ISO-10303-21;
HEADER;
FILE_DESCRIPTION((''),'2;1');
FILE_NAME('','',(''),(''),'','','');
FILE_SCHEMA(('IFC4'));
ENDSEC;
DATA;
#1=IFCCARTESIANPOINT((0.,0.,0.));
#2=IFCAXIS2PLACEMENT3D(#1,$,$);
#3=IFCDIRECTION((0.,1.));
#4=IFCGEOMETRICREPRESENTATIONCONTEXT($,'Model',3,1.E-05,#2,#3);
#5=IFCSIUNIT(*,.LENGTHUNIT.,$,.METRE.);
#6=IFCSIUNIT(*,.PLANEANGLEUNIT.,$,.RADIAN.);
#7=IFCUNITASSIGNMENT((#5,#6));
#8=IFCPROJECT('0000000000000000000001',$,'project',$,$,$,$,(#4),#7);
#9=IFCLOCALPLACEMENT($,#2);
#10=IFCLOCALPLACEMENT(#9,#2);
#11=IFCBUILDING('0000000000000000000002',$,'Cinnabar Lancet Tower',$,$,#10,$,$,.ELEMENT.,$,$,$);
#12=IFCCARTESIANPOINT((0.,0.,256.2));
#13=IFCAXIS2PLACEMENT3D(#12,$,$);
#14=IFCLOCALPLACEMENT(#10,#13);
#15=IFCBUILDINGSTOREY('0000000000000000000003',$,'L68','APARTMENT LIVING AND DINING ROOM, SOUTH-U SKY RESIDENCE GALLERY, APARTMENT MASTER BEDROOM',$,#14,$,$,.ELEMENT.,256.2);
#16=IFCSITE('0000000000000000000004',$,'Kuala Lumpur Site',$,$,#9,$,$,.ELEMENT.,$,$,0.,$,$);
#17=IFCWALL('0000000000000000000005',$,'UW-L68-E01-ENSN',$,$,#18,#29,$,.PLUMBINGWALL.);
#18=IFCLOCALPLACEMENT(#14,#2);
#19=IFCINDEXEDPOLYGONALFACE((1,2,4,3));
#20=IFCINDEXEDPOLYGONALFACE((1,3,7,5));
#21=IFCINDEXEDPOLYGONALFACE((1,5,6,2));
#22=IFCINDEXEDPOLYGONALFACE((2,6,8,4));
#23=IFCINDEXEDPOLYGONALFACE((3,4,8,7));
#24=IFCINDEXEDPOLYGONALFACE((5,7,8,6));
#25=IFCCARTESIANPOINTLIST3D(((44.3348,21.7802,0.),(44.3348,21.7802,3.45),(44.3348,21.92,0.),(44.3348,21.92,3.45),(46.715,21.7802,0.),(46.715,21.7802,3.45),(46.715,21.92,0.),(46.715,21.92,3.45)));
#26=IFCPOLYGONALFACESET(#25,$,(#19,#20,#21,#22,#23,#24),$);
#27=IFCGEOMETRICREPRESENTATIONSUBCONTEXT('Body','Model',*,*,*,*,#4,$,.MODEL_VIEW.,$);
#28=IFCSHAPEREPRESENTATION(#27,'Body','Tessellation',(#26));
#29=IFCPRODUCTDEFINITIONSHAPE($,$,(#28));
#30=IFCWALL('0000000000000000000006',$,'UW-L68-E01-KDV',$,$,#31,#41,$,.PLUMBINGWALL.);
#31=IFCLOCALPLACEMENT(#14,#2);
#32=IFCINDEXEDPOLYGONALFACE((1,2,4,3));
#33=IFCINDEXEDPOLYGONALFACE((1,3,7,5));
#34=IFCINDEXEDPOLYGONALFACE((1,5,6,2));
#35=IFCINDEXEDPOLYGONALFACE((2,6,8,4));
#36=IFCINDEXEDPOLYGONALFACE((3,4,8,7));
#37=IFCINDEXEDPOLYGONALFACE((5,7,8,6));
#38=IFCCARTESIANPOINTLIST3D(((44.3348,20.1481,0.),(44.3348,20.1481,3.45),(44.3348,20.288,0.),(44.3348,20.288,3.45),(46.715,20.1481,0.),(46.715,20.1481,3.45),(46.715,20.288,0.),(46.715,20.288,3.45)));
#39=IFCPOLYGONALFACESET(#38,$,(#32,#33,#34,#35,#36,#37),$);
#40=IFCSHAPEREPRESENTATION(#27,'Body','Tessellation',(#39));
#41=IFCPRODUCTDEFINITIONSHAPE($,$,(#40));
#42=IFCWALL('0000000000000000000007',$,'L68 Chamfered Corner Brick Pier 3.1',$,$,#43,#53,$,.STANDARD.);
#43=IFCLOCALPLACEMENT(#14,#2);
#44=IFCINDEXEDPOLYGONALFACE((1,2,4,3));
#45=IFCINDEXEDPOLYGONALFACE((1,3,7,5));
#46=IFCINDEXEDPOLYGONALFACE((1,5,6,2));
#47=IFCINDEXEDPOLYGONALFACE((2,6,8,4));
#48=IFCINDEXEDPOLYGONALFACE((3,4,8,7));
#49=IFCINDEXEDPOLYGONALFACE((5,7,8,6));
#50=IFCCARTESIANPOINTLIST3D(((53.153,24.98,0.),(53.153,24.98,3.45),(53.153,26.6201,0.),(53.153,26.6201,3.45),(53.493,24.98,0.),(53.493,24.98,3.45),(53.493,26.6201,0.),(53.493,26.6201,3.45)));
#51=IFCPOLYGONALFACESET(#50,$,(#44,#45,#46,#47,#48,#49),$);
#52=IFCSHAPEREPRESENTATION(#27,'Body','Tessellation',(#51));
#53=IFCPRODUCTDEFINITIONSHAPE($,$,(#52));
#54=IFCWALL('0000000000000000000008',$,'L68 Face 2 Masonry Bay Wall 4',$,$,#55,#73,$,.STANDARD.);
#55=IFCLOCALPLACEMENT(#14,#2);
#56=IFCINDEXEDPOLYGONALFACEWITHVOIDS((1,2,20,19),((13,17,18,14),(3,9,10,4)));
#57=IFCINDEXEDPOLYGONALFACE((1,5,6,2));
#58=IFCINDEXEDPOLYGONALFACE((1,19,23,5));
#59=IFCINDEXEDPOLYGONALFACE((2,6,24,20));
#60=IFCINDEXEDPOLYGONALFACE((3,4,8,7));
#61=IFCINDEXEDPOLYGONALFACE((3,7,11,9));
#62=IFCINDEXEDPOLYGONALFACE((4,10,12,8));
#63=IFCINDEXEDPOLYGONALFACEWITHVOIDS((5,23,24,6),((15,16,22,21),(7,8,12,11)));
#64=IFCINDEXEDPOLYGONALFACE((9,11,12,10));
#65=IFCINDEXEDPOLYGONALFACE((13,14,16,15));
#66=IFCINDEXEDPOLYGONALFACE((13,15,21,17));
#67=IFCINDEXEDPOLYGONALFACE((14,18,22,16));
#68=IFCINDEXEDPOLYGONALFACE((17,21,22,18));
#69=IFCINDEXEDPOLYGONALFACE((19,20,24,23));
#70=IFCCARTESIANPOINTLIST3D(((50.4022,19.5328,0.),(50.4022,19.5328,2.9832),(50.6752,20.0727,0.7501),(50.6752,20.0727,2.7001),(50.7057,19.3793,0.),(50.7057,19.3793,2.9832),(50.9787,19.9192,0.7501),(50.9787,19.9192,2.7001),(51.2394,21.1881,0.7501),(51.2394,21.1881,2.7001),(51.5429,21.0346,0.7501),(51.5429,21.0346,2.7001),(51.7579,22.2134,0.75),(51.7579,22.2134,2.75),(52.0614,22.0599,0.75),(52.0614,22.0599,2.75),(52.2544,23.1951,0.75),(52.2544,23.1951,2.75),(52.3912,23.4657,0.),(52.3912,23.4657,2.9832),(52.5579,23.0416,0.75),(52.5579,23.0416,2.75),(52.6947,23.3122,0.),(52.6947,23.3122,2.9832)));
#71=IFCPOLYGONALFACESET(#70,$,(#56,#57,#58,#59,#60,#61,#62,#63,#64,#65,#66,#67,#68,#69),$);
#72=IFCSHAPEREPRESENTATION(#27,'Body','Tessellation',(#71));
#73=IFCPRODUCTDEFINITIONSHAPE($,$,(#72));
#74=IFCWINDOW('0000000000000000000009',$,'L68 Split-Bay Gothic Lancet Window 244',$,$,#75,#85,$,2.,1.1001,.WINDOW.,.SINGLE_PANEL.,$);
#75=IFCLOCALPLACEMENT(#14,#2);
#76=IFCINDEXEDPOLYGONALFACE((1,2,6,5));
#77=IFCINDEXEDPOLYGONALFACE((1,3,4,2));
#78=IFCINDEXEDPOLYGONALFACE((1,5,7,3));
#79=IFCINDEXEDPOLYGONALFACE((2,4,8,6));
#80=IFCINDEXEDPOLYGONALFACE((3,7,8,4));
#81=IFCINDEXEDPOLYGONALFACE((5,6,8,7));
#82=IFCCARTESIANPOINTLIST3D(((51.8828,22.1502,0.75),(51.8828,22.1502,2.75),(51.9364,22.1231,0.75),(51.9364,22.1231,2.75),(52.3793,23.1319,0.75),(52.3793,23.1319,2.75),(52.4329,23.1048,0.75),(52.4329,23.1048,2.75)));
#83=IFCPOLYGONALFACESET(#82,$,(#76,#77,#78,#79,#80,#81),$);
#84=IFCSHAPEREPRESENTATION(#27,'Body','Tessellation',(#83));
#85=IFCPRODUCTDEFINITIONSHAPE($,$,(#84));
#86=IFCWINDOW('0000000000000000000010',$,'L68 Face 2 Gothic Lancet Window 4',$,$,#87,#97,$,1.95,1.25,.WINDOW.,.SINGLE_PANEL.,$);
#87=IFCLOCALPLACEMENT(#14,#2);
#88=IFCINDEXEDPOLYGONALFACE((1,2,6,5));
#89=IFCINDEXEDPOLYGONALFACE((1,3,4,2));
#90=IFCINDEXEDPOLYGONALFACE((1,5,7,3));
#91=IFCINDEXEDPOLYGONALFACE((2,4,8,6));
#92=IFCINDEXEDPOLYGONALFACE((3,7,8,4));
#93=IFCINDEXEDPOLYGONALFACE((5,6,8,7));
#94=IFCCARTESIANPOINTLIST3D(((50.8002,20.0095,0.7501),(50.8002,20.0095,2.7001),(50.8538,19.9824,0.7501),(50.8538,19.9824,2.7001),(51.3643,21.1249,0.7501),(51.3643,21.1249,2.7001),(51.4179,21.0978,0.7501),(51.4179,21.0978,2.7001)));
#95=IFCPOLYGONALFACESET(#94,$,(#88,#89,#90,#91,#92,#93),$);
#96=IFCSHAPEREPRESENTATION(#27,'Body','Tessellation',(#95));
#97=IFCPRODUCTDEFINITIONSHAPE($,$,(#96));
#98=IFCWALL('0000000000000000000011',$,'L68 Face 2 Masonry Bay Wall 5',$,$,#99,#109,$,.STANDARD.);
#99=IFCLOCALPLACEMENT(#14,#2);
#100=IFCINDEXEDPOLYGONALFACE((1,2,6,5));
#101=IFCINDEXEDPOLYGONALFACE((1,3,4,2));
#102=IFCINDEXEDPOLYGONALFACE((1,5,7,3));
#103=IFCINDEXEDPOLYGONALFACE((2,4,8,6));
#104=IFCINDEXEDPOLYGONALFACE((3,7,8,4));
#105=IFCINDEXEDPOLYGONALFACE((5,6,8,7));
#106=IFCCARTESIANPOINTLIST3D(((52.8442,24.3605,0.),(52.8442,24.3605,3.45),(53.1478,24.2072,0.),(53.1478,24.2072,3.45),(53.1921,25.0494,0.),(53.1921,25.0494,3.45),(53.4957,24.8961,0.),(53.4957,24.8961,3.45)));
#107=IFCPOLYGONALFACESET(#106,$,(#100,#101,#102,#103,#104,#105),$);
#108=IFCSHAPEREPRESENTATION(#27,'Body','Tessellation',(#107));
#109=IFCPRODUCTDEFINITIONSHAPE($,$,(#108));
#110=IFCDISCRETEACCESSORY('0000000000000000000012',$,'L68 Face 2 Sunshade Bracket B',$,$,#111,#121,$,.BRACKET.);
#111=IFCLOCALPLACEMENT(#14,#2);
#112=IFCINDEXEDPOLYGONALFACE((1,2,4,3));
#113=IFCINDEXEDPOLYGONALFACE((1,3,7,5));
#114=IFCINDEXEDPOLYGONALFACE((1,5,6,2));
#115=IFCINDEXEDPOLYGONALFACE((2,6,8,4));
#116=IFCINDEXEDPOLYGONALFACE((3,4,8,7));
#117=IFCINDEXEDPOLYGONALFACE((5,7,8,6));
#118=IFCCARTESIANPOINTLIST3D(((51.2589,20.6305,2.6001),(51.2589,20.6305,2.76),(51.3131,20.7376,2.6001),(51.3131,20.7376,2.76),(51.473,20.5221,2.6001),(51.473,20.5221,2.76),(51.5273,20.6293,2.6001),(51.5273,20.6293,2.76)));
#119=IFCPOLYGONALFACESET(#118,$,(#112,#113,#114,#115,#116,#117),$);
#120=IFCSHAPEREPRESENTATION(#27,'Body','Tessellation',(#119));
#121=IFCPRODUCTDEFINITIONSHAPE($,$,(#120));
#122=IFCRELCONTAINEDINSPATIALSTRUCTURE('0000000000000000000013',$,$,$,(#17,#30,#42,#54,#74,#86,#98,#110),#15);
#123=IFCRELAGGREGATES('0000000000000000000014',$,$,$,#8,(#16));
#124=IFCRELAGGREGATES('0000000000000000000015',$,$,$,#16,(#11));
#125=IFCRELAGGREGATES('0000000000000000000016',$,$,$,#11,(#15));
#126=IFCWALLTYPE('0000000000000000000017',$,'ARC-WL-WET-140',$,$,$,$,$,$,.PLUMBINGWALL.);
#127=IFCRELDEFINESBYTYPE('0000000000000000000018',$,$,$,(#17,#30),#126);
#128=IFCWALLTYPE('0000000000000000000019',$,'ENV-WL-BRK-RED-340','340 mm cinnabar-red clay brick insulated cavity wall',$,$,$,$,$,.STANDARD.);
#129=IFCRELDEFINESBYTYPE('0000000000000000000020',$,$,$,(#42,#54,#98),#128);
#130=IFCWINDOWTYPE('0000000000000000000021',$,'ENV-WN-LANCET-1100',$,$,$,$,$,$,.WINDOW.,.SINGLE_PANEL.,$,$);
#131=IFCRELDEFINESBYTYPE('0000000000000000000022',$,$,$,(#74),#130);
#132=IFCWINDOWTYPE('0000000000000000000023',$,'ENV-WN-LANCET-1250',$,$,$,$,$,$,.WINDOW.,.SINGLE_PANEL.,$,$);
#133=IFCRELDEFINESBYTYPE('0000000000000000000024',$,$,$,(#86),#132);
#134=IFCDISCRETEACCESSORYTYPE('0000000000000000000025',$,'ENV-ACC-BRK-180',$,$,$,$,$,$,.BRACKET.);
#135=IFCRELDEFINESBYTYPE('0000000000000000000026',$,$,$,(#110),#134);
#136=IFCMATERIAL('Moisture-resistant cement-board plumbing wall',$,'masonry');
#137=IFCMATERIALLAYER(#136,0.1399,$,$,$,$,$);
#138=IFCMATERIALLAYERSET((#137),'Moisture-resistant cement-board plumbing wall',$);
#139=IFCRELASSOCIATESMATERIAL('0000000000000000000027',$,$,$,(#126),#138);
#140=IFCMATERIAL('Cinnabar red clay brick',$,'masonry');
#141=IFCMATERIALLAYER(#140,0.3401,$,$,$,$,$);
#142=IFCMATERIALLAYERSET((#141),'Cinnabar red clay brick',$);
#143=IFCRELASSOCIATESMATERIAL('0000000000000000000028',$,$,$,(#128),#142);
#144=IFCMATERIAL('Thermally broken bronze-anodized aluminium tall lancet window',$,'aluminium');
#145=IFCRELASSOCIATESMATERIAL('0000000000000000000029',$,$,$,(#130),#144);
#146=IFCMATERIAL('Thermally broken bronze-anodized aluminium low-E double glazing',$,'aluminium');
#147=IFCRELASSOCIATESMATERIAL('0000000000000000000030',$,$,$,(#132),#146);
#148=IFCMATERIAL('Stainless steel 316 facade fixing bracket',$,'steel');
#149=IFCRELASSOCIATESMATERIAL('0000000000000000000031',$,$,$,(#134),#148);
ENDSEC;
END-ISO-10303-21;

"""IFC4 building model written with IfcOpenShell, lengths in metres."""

from ifc_helpers import new_model, si_unit, direction, frame, frame_2d, origin, origin_2d, place, context, subcontext, project, spatial, rectangle, extrude, material, layer, layer_set, type_object, element, fill, save


model = new_model("IFC4")

# Units and contexts
model_context = context("Model", 3, precision=1e-05, world=origin(), true_north=direction((0.0, 1.0)))
body_context = subcontext(model_context, "Body", "Model", "MODEL_VIEW")
ifc_project = project(units=[si_unit("LENGTHUNIT", "METRE"), si_unit("PLANEANGLEUNIT", "RADIAN")], contexts=[model_context])

# Site, building, storey
site_placement = place(None, origin())
site = spatial("IfcSite", under=ifc_project, at=site_placement, Name="Kuala Lumpur Site", CompositionType="ELEMENT", RefElevation=0.0)
building_placement = place(site_placement, origin())
building = spatial("IfcBuilding", under=site, at=building_placement, Name="Cinnabar Lancet Tower", CompositionType="ELEMENT")
storey_placement = place(building_placement, frame((0.0, 0.0, 256.2)))
storey = spatial("IfcBuildingStorey", under=building, at=storey_placement, Name="L68", Description="APARTMENT LIVING AND DINING ROOM, SOUTH-U SKY RESIDENCE GALLERY, APARTMENT MASTER BEDROOM", CompositionType="ELEMENT", Elevation=256.2)

# Shared definitions
ifc_material_1 = material(Name="Moisture-resistant cement-board plumbing wall", Category="masonry")
ifc_layer_1 = layer(ifc_material_1, 0.1399)
ifc_layer_set_1 = layer_set([ifc_layer_1], Name="Moisture-resistant cement-board plumbing wall")
wall_type_1 = type_object("IfcWallType", Name="ARC-WL-WET-140", PredefinedType="PLUMBINGWALL", material=ifc_layer_set_1)

# Walls
for number, where, z_axis, x_axis, name in (
    (1, (44.335, 21.8501, 0.0), (0.0, 0.0, 1.0), (1.0, 0.0, 0.0), "UW-L68-E01-ENSN"),
    (2, (44.335, 20.218, 0.0), (0.0, 0.0, 1.0), (1.0, 0.0, 0.0), "UW-L68-E01-KDV"),
):
    element("IfcWall", number, at=place(storey_placement, frame(where, z_axis=z_axis, x_axis=x_axis)), inside=storey, type_object=wall_type_1, Name=name, PredefinedType="PLUMBINGWALL", context=body_context, shape_type="SweptSolid", body=[
        extrude(rectangle(XDim=2.3801, YDim=0.1399, at=frame_2d((1.1899, 0.0))), origin(), (0.0, 0.0, 1.0), 3.45),
    ])
ifc_material_2 = material(Name="Cinnabar red clay brick", Category="masonry")
ifc_layer_2 = layer(ifc_material_2, 0.3401)
ifc_layer_set_2 = layer_set([ifc_layer_2], Name="Cinnabar red clay brick")
wall_type_2 = type_object("IfcWallType", Name="ENV-WL-BRK-RED-340", Description="340 mm cinnabar-red clay brick insulated cavity wall", PredefinedType="STANDARD", material=ifc_layer_set_2)
wall_1_placement = place(storey_placement, frame((53.323, 24.98, 0.0), z_axis=(0.0, 0.0, 1.0), x_axis=(0.0, 1.0, 0.0)))
element("IfcWall", 3, at=wall_1_placement, inside=storey, type_object=wall_type_2, Name="L68 Chamfered Corner Brick Pier 3.1", PredefinedType="STANDARD", context=body_context, shape_type="SweptSolid", body=[
    extrude(rectangle(XDim=1.6401, YDim=0.3401, at=frame_2d((0.8201, 0.0))), origin(), (0.0, 0.0, 1.0), 3.45),
])

# Wall, openings, windows
wall_2_placement = place(storey_placement, frame((50.554, 19.4561, 0.0), z_axis=(0.0, 0.0, 1.0), x_axis=(0.451308, 0.892368, 0.0)))
wall_2 = element("IfcWall", 4, at=wall_2_placement, inside=storey, type_object=wall_type_2, Name="L68 Face 2 Masonry Bay Wall 4", PredefinedType="STANDARD", context=body_context, shape_type="SweptSolid", body=[
    extrude(rectangle(XDim=4.4072, YDim=0.3401, at=frame_2d((2.2036, 0.0))), origin(), (0.0, 0.0, 1.0), 2.9832),
])
opening_1_placement = place(wall_2_placement, frame((0.605, 0.0, 0.75)))
opening_1 = element("IfcOpeningElement", 5, at=opening_1_placement, cuts=wall_2, PredefinedType="OPENING", context=body_context, shape_type="SweptSolid", body=[
    extrude(rectangle(XDim=1.25, YDim=1.95, at=frame_2d((0.625, 0.9751))), frame((0.0, 0.1799, 0.0), z_axis=(0.0, -1.0, 0.0), x_axis=(1.0, 0.0, 0.0)), (0.0, 0.0, 1.0), 0.3601),
])
opening_2_placement = place(wall_2_placement, frame((3.0039, 0.0, 0.75)))
opening_2 = element("IfcOpeningElement", 6, at=opening_2_placement, cuts=wall_2, PredefinedType="OPENING", context=body_context, shape_type="SweptSolid", body=[
    extrude(rectangle(XDim=1.1001, YDim=2.0, at=frame_2d((0.55, 1.0))), frame((0.0, 0.1799, 0.0), z_axis=(0.0, -1.0, 0.0), x_axis=(1.0, 0.0, 0.0)), (0.0, 0.0, 1.0), 0.3601),
])
ifc_material_3 = material(Name="Thermally broken bronze-anodized aluminium tall lancet window", Category="aluminium")
window_type_1 = type_object("IfcWindowType", Name="ENV-WN-LANCET-1100", PartitioningType="SINGLE_PANEL", PredefinedType="WINDOW", material=ifc_material_3)
window_1_placement = place(opening_2_placement, origin())
window_1 = element("IfcWindow", 7, at=window_1_placement, inside=storey, type_object=window_type_1, Name="L68 Split-Bay Gothic Lancet Window 244", OverallHeight=2.0, OverallWidth=1.1001, PartitioningType="SINGLE_PANEL", PredefinedType="WINDOW", context=body_context, shape_type="SweptSolid", body=[
    extrude(rectangle(XDim=1.1001, YDim=2.0, at=frame_2d((0.55, 1.0))), frame((0.0, 0.03, 0.0), z_axis=(0.0, -1.0, 0.0), x_axis=(1.0, 0.0, 0.0)), (0.0, 0.0, 1.0), 0.0601),
])
fill(opening_2, window_1)
ifc_material_4 = material(Name="Thermally broken bronze-anodized aluminium low-E double glazing", Category="aluminium")
window_type_2 = type_object("IfcWindowType", Name="ENV-WN-LANCET-1250", PartitioningType="SINGLE_PANEL", PredefinedType="WINDOW", material=ifc_material_4)
window_2_placement = place(opening_1_placement, origin())
window_2 = element("IfcWindow", 8, at=window_2_placement, inside=storey, type_object=window_type_2, Name="L68 Face 2 Gothic Lancet Window 4", OverallHeight=1.95, OverallWidth=1.25, PartitioningType="SINGLE_PANEL", PredefinedType="WINDOW", context=body_context, shape_type="SweptSolid", body=[
    extrude(rectangle(XDim=1.25, YDim=1.95, at=frame_2d((0.625, 0.9751))), frame((0.0, 0.03, 0.0), z_axis=(0.0, -1.0, 0.0), x_axis=(1.0, 0.0, 0.0)), (0.0, 0.0, 1.0), 0.0601),
])
fill(opening_1, window_2)

# Wall
wall_3_placement = place(storey_placement, frame((52.9961, 24.2839, 0.0), z_axis=(0.0, 0.0, 1.0), x_axis=(0.450753, 0.892649, 0.0)))
element("IfcWall", 9, at=wall_3_placement, inside=storey, type_object=wall_type_2, Name="L68 Face 2 Masonry Bay Wall 5", PredefinedType="STANDARD", context=body_context, shape_type="SweptSolid", body=[
    extrude(rectangle(XDim=0.7717, YDim=0.3401, at=frame_2d((0.3857, 0.0))), origin(), (0.0, 0.0, 1.0), 3.45),
])

# Discrete accessory
ifc_material_5 = material(Name="Stainless steel 316 facade fixing bracket", Category="steel")
discrete_accessory_type = type_object("IfcDiscreteAccessoryType", Name="ENV-ACC-BRK-180", PredefinedType="BRACKET", material=ifc_material_5)
discrete_accessory_placement = place(storey_placement, frame((51.3931, 20.6299, 2.6001), z_axis=(0.0, 0.0, 1.0), x_axis=(0.451376, 0.892334, 0.0)))
element("IfcDiscreteAccessory", 10, at=discrete_accessory_placement, inside=storey, type_object=discrete_accessory_type, Name="L68 Face 2 Sunshade Bracket B", PredefinedType="BRACKET", context=body_context, shape_type="SweptSolid", body=[
    extrude(rectangle(XDim=0.1201, YDim=0.24, at=origin_2d()), origin(), (0.0, 0.0, 1.0), 0.1599),
])

save(model, "model.ifc")
